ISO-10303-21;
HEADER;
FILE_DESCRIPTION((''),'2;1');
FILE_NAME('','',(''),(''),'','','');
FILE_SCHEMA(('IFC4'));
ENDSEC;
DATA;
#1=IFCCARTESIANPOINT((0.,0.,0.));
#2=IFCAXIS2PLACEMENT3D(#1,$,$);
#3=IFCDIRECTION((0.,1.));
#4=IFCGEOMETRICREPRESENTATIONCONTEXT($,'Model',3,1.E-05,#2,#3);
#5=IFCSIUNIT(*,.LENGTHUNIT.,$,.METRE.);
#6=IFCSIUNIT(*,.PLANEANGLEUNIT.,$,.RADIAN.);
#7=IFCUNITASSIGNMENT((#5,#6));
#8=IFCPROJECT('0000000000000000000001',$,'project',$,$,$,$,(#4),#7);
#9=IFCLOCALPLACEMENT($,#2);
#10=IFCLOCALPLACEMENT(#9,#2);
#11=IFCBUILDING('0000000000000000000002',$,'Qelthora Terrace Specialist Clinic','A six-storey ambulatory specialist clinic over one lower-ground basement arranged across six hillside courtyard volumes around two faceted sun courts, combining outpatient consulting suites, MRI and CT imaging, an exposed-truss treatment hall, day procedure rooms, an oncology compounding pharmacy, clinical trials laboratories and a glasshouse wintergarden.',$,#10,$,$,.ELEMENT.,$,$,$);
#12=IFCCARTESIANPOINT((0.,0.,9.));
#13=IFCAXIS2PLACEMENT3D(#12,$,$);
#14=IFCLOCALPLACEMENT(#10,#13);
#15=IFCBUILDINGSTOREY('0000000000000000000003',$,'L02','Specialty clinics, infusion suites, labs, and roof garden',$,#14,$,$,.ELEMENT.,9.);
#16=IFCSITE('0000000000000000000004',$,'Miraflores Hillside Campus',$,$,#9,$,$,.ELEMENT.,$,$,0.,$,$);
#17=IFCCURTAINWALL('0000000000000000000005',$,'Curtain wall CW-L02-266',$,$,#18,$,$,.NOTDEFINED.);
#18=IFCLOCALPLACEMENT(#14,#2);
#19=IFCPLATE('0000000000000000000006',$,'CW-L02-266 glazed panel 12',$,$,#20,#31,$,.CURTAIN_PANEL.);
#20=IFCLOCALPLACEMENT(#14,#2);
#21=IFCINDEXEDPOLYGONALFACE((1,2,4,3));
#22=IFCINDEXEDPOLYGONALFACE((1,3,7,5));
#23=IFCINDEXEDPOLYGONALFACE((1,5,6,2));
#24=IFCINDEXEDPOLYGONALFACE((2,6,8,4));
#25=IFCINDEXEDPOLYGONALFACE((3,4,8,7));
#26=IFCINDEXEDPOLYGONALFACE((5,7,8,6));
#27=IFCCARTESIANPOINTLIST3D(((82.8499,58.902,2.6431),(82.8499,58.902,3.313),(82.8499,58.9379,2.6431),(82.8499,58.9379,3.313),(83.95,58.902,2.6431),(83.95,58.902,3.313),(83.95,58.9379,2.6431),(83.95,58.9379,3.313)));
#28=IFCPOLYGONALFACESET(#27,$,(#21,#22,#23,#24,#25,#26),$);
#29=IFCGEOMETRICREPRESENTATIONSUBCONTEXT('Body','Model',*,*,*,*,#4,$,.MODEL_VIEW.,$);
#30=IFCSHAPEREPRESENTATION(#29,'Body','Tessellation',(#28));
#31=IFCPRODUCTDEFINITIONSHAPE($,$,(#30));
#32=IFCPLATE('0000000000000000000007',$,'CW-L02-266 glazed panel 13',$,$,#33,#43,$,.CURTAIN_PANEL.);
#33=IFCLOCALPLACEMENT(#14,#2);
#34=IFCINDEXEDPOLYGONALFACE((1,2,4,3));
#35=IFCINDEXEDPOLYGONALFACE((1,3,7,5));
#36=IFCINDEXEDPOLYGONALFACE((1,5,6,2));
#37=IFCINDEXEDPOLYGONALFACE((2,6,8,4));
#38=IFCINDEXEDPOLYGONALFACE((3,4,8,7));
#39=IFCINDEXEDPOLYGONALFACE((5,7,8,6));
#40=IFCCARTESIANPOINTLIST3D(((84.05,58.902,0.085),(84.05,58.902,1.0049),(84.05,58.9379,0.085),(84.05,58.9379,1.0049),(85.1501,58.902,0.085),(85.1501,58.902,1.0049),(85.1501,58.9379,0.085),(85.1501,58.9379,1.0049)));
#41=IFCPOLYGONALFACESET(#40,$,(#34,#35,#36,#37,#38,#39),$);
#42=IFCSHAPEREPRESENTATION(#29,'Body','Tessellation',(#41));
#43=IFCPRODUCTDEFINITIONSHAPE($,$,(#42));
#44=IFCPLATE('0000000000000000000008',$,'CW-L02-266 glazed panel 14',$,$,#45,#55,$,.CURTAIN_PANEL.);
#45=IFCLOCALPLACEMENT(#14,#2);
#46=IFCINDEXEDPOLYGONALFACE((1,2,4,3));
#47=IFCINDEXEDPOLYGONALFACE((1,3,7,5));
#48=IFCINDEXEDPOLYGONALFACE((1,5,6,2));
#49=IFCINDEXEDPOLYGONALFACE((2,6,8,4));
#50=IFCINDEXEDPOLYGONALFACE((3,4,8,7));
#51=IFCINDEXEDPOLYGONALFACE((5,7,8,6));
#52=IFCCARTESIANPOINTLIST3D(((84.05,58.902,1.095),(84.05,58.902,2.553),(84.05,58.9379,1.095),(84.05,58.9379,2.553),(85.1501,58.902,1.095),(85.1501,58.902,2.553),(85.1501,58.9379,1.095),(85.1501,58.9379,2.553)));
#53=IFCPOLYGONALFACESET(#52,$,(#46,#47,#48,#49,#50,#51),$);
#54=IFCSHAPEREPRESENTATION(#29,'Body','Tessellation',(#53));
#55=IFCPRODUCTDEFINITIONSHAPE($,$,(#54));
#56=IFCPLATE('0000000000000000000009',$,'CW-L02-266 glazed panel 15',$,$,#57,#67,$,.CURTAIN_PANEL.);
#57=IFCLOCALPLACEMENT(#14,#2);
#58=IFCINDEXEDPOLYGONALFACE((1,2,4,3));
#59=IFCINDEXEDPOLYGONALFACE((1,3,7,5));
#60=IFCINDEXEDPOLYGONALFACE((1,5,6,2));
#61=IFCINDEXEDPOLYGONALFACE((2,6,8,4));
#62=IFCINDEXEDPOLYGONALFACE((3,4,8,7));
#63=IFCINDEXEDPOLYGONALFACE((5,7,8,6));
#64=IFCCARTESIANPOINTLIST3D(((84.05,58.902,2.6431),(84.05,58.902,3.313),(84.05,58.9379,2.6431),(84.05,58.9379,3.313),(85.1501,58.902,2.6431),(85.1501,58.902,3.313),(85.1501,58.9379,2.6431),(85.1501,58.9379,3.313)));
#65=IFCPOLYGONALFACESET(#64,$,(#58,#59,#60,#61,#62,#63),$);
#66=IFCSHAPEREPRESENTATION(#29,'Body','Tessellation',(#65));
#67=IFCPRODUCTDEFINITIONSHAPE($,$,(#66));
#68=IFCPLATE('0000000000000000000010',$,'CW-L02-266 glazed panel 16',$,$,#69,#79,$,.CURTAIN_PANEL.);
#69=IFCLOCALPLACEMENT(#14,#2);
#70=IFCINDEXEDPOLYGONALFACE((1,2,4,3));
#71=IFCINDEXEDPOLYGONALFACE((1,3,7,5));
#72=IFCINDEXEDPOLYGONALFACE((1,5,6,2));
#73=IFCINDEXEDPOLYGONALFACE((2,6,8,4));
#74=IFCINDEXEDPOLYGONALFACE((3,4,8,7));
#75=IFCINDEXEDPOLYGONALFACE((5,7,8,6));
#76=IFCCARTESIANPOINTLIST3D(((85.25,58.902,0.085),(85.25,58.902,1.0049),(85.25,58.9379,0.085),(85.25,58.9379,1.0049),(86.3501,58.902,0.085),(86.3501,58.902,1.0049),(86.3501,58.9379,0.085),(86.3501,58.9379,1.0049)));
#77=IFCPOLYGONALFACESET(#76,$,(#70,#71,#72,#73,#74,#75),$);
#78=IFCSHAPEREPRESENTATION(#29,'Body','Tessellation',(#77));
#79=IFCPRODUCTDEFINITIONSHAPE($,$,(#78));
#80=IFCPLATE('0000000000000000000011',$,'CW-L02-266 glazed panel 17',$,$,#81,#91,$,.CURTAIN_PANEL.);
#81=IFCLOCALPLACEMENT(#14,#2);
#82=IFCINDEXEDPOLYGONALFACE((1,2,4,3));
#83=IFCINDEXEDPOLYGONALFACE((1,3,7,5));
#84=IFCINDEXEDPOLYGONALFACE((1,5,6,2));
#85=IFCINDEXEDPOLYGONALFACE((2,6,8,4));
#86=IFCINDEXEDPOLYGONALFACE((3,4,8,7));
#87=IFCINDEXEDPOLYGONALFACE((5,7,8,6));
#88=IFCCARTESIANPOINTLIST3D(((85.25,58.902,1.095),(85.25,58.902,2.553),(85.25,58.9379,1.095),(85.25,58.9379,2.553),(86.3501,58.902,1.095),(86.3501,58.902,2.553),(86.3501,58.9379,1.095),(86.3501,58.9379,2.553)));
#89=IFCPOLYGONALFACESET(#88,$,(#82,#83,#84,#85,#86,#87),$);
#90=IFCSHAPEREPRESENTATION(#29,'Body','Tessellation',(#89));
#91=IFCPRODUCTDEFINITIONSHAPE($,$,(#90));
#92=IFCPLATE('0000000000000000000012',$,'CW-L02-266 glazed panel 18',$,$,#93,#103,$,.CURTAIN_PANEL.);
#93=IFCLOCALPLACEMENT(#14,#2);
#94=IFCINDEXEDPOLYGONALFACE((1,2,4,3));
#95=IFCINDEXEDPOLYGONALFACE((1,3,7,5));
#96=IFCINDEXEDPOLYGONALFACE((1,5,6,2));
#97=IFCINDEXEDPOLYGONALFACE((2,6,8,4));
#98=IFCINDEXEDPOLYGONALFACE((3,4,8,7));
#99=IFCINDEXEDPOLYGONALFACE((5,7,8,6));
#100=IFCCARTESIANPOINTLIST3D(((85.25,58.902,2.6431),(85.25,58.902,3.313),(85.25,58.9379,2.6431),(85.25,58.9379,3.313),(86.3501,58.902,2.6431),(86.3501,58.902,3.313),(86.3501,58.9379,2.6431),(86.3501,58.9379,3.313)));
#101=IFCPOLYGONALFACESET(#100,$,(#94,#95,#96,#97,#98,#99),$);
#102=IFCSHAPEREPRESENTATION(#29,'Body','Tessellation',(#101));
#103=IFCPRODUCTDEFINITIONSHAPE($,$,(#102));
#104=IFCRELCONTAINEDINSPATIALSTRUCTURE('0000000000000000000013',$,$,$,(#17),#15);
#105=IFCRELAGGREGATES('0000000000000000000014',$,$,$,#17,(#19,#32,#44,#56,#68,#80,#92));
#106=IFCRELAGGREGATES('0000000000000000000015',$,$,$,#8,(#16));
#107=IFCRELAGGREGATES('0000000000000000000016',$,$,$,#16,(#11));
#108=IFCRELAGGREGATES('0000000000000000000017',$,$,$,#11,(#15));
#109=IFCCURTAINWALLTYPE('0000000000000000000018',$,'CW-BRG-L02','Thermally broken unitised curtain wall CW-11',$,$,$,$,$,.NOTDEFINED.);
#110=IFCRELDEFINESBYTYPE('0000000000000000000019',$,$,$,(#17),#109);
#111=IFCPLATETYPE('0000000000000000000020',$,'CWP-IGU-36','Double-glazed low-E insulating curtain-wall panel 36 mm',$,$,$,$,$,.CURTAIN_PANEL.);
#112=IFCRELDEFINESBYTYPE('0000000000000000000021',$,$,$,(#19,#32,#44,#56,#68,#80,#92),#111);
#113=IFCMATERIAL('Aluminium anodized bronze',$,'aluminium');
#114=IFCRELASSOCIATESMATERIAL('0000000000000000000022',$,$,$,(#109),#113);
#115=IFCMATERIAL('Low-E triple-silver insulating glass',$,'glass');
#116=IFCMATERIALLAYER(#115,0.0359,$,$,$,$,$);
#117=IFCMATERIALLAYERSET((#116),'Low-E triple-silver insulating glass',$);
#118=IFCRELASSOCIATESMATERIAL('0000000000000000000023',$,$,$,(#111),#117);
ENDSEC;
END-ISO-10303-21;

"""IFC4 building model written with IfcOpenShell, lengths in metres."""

from ifc_helpers import new_model, si_unit, direction, frame, origin, origin_2d, place, context, subcontext, project, spatial, rectangle, extrude, material, layer, layer_set, type_object, element, aggregate, save


model = new_model("IFC4")

# Units and contexts
model_context = context("Model", 3, precision=1e-05, world=origin(), true_north=direction((0.0, 1.0)))
body_context = subcontext(model_context, "Body", "Model", "MODEL_VIEW")
ifc_project = project(units=[si_unit("LENGTHUNIT", "METRE"), si_unit("PLANEANGLEUNIT", "RADIAN")], contexts=[model_context])

# Site, building, storey
site_placement = place(None, origin())
site = spatial("IfcSite", under=ifc_project, at=site_placement, Name="Miraflores Hillside Campus", CompositionType="ELEMENT", RefElevation=0.0)
building_placement = place(site_placement, origin())
building = spatial("IfcBuilding", under=site, at=building_placement, Name="Qelthora Terrace Specialist Clinic", Description="A six-storey ambulatory specialist clinic over one lower-ground basement arranged across six hillside courtyard volumes around two faceted sun courts, combining outpatient consulting suites, MRI and CT imaging, an exposed-truss treatment hall, day procedure rooms, an oncology compounding pharmacy, clinical trials laboratories and a glasshouse wintergarden.", CompositionType="ELEMENT")
storey_placement = place(building_placement, frame((0.0, 0.0, 9.0)))
storey = spatial("IfcBuildingStorey", under=building, at=storey_placement, Name="L02", Description="Specialty clinics, infusion suites, labs, and roof garden", CompositionType="ELEMENT", Elevation=9.0)

# Curtain wall, plates
ifc_material_1 = material(Name="Aluminium anodized bronze", Category="aluminium")
curtain_wall_type = type_object("IfcCurtainWallType", Name="CW-BRG-L02", Description="Thermally broken unitised curtain wall CW-11", PredefinedType="NOTDEFINED", material=ifc_material_1)
curtain_wall_placement = place(storey_placement, origin())
curtain_wall = element("IfcCurtainWall", 1, at=curtain_wall_placement, inside=storey, type_object=curtain_wall_type, Name="Curtain wall CW-L02-266", PredefinedType="NOTDEFINED")
ifc_material_2 = material(Name="Low-E triple-silver insulating glass", Category="glass")
ifc_layer = layer(ifc_material_2, 0.0359)
ifc_layer_set = layer_set([ifc_layer], Name="Low-E triple-silver insulating glass")
plate_type = type_object("IfcPlateType", Name="CWP-IGU-36", Description="Double-glazed low-E insulating curtain-wall panel 36 mm", PredefinedType="CURTAIN_PANEL", material=ifc_layer_set)
plate_1_placement = place(storey_placement, frame((83.3999, 58.9199, 2.6431), z_axis=(0.0, 0.0, 1.0), x_axis=(1.0, 0.0, 0.0)))
plate_1 = element("IfcPlate", 2, at=plate_1_placement, type_object=plate_type, Name="CW-L02-266 glazed panel 12", PredefinedType="CURTAIN_PANEL", context=body_context, shape_type="SweptSolid", body=[
    extrude(rectangle(XDim=1.1001, YDim=0.0359, at=origin_2d()), origin(), (0.0, 0.0, 1.0), 0.6699),
])
plate_2_placement = place(storey_placement, frame((84.6001, 58.9199, 0.085), z_axis=(0.0, 0.0, 1.0), x_axis=(1.0, 0.0, 0.0)))
plate_2 = element("IfcPlate", 3, at=plate_2_placement, type_object=plate_type, Name="CW-L02-266 glazed panel 13", PredefinedType="CURTAIN_PANEL", context=body_context, shape_type="SweptSolid", body=[
    extrude(rectangle(XDim=1.1001, YDim=0.0359, at=origin_2d()), origin(), (0.0, 0.0, 1.0), 0.9199),
])
plate_3_placement = place(storey_placement, frame((84.6001, 58.9199, 1.095), z_axis=(0.0, 0.0, 1.0), x_axis=(1.0, 0.0, 0.0)))
plate_3 = element("IfcPlate", 4, at=plate_3_placement, type_object=plate_type, Name="CW-L02-266 glazed panel 14", PredefinedType="CURTAIN_PANEL", context=body_context, shape_type="SweptSolid", body=[
    extrude(rectangle(XDim=1.1001, YDim=0.0359, at=origin_2d()), origin(), (0.0, 0.0, 1.0), 1.458),
])
plate_4_placement = place(storey_placement, frame((84.6001, 58.9199, 2.6431), z_axis=(0.0, 0.0, 1.0), x_axis=(1.0, 0.0, 0.0)))
plate_4 = element("IfcPlate", 5, at=plate_4_placement, type_object=plate_type, Name="CW-L02-266 glazed panel 15", PredefinedType="CURTAIN_PANEL", context=body_context, shape_type="SweptSolid", body=[
    extrude(rectangle(XDim=1.1001, YDim=0.0359, at=origin_2d()), origin(), (0.0, 0.0, 1.0), 0.6699),
])
plate_5_placement = place(storey_placement, frame((85.8, 58.9199, 0.085), z_axis=(0.0, 0.0, 1.0), x_axis=(1.0, 0.0, 0.0)))
plate_5 = element("IfcPlate", 6, at=plate_5_placement, type_object=plate_type, Name="CW-L02-266 glazed panel 16", PredefinedType="CURTAIN_PANEL", context=body_context, shape_type="SweptSolid", body=[
    extrude(rectangle(XDim=1.1001, YDim=0.0359, at=origin_2d()), origin(), (0.0, 0.0, 1.0), 0.9199),
])
plate_6_placement = place(storey_placement, frame((85.8, 58.9199, 1.095), z_axis=(0.0, 0.0, 1.0), x_axis=(1.0, 0.0, 0.0)))
plate_6 = element("IfcPlate", 7, at=plate_6_placement, type_object=plate_type, Name="CW-L02-266 glazed panel 17", PredefinedType="CURTAIN_PANEL", context=body_context, shape_type="SweptSolid", body=[
    extrude(rectangle(XDim=1.1001, YDim=0.0359, at=origin_2d()), origin(), (0.0, 0.0, 1.0), 1.458),
])
plate_7_placement = place(storey_placement, frame((85.8, 58.9199, 2.6431), z_axis=(0.0, 0.0, 1.0), x_axis=(1.0, 0.0, 0.0)))
plate_7 = element("IfcPlate", 8, at=plate_7_placement, type_object=plate_type, Name="CW-L02-266 glazed panel 18", PredefinedType="CURTAIN_PANEL", context=body_context, shape_type="SweptSolid", body=[
    extrude(rectangle(XDim=1.1001, YDim=0.0359, at=origin_2d()), origin(), (0.0, 0.0, 1.0), 0.6699),
])
aggregate(curtain_wall, [plate_1, plate_2, plate_3, plate_4, plate_5, plate_6, plate_7])

save(model, "model.ifc")
